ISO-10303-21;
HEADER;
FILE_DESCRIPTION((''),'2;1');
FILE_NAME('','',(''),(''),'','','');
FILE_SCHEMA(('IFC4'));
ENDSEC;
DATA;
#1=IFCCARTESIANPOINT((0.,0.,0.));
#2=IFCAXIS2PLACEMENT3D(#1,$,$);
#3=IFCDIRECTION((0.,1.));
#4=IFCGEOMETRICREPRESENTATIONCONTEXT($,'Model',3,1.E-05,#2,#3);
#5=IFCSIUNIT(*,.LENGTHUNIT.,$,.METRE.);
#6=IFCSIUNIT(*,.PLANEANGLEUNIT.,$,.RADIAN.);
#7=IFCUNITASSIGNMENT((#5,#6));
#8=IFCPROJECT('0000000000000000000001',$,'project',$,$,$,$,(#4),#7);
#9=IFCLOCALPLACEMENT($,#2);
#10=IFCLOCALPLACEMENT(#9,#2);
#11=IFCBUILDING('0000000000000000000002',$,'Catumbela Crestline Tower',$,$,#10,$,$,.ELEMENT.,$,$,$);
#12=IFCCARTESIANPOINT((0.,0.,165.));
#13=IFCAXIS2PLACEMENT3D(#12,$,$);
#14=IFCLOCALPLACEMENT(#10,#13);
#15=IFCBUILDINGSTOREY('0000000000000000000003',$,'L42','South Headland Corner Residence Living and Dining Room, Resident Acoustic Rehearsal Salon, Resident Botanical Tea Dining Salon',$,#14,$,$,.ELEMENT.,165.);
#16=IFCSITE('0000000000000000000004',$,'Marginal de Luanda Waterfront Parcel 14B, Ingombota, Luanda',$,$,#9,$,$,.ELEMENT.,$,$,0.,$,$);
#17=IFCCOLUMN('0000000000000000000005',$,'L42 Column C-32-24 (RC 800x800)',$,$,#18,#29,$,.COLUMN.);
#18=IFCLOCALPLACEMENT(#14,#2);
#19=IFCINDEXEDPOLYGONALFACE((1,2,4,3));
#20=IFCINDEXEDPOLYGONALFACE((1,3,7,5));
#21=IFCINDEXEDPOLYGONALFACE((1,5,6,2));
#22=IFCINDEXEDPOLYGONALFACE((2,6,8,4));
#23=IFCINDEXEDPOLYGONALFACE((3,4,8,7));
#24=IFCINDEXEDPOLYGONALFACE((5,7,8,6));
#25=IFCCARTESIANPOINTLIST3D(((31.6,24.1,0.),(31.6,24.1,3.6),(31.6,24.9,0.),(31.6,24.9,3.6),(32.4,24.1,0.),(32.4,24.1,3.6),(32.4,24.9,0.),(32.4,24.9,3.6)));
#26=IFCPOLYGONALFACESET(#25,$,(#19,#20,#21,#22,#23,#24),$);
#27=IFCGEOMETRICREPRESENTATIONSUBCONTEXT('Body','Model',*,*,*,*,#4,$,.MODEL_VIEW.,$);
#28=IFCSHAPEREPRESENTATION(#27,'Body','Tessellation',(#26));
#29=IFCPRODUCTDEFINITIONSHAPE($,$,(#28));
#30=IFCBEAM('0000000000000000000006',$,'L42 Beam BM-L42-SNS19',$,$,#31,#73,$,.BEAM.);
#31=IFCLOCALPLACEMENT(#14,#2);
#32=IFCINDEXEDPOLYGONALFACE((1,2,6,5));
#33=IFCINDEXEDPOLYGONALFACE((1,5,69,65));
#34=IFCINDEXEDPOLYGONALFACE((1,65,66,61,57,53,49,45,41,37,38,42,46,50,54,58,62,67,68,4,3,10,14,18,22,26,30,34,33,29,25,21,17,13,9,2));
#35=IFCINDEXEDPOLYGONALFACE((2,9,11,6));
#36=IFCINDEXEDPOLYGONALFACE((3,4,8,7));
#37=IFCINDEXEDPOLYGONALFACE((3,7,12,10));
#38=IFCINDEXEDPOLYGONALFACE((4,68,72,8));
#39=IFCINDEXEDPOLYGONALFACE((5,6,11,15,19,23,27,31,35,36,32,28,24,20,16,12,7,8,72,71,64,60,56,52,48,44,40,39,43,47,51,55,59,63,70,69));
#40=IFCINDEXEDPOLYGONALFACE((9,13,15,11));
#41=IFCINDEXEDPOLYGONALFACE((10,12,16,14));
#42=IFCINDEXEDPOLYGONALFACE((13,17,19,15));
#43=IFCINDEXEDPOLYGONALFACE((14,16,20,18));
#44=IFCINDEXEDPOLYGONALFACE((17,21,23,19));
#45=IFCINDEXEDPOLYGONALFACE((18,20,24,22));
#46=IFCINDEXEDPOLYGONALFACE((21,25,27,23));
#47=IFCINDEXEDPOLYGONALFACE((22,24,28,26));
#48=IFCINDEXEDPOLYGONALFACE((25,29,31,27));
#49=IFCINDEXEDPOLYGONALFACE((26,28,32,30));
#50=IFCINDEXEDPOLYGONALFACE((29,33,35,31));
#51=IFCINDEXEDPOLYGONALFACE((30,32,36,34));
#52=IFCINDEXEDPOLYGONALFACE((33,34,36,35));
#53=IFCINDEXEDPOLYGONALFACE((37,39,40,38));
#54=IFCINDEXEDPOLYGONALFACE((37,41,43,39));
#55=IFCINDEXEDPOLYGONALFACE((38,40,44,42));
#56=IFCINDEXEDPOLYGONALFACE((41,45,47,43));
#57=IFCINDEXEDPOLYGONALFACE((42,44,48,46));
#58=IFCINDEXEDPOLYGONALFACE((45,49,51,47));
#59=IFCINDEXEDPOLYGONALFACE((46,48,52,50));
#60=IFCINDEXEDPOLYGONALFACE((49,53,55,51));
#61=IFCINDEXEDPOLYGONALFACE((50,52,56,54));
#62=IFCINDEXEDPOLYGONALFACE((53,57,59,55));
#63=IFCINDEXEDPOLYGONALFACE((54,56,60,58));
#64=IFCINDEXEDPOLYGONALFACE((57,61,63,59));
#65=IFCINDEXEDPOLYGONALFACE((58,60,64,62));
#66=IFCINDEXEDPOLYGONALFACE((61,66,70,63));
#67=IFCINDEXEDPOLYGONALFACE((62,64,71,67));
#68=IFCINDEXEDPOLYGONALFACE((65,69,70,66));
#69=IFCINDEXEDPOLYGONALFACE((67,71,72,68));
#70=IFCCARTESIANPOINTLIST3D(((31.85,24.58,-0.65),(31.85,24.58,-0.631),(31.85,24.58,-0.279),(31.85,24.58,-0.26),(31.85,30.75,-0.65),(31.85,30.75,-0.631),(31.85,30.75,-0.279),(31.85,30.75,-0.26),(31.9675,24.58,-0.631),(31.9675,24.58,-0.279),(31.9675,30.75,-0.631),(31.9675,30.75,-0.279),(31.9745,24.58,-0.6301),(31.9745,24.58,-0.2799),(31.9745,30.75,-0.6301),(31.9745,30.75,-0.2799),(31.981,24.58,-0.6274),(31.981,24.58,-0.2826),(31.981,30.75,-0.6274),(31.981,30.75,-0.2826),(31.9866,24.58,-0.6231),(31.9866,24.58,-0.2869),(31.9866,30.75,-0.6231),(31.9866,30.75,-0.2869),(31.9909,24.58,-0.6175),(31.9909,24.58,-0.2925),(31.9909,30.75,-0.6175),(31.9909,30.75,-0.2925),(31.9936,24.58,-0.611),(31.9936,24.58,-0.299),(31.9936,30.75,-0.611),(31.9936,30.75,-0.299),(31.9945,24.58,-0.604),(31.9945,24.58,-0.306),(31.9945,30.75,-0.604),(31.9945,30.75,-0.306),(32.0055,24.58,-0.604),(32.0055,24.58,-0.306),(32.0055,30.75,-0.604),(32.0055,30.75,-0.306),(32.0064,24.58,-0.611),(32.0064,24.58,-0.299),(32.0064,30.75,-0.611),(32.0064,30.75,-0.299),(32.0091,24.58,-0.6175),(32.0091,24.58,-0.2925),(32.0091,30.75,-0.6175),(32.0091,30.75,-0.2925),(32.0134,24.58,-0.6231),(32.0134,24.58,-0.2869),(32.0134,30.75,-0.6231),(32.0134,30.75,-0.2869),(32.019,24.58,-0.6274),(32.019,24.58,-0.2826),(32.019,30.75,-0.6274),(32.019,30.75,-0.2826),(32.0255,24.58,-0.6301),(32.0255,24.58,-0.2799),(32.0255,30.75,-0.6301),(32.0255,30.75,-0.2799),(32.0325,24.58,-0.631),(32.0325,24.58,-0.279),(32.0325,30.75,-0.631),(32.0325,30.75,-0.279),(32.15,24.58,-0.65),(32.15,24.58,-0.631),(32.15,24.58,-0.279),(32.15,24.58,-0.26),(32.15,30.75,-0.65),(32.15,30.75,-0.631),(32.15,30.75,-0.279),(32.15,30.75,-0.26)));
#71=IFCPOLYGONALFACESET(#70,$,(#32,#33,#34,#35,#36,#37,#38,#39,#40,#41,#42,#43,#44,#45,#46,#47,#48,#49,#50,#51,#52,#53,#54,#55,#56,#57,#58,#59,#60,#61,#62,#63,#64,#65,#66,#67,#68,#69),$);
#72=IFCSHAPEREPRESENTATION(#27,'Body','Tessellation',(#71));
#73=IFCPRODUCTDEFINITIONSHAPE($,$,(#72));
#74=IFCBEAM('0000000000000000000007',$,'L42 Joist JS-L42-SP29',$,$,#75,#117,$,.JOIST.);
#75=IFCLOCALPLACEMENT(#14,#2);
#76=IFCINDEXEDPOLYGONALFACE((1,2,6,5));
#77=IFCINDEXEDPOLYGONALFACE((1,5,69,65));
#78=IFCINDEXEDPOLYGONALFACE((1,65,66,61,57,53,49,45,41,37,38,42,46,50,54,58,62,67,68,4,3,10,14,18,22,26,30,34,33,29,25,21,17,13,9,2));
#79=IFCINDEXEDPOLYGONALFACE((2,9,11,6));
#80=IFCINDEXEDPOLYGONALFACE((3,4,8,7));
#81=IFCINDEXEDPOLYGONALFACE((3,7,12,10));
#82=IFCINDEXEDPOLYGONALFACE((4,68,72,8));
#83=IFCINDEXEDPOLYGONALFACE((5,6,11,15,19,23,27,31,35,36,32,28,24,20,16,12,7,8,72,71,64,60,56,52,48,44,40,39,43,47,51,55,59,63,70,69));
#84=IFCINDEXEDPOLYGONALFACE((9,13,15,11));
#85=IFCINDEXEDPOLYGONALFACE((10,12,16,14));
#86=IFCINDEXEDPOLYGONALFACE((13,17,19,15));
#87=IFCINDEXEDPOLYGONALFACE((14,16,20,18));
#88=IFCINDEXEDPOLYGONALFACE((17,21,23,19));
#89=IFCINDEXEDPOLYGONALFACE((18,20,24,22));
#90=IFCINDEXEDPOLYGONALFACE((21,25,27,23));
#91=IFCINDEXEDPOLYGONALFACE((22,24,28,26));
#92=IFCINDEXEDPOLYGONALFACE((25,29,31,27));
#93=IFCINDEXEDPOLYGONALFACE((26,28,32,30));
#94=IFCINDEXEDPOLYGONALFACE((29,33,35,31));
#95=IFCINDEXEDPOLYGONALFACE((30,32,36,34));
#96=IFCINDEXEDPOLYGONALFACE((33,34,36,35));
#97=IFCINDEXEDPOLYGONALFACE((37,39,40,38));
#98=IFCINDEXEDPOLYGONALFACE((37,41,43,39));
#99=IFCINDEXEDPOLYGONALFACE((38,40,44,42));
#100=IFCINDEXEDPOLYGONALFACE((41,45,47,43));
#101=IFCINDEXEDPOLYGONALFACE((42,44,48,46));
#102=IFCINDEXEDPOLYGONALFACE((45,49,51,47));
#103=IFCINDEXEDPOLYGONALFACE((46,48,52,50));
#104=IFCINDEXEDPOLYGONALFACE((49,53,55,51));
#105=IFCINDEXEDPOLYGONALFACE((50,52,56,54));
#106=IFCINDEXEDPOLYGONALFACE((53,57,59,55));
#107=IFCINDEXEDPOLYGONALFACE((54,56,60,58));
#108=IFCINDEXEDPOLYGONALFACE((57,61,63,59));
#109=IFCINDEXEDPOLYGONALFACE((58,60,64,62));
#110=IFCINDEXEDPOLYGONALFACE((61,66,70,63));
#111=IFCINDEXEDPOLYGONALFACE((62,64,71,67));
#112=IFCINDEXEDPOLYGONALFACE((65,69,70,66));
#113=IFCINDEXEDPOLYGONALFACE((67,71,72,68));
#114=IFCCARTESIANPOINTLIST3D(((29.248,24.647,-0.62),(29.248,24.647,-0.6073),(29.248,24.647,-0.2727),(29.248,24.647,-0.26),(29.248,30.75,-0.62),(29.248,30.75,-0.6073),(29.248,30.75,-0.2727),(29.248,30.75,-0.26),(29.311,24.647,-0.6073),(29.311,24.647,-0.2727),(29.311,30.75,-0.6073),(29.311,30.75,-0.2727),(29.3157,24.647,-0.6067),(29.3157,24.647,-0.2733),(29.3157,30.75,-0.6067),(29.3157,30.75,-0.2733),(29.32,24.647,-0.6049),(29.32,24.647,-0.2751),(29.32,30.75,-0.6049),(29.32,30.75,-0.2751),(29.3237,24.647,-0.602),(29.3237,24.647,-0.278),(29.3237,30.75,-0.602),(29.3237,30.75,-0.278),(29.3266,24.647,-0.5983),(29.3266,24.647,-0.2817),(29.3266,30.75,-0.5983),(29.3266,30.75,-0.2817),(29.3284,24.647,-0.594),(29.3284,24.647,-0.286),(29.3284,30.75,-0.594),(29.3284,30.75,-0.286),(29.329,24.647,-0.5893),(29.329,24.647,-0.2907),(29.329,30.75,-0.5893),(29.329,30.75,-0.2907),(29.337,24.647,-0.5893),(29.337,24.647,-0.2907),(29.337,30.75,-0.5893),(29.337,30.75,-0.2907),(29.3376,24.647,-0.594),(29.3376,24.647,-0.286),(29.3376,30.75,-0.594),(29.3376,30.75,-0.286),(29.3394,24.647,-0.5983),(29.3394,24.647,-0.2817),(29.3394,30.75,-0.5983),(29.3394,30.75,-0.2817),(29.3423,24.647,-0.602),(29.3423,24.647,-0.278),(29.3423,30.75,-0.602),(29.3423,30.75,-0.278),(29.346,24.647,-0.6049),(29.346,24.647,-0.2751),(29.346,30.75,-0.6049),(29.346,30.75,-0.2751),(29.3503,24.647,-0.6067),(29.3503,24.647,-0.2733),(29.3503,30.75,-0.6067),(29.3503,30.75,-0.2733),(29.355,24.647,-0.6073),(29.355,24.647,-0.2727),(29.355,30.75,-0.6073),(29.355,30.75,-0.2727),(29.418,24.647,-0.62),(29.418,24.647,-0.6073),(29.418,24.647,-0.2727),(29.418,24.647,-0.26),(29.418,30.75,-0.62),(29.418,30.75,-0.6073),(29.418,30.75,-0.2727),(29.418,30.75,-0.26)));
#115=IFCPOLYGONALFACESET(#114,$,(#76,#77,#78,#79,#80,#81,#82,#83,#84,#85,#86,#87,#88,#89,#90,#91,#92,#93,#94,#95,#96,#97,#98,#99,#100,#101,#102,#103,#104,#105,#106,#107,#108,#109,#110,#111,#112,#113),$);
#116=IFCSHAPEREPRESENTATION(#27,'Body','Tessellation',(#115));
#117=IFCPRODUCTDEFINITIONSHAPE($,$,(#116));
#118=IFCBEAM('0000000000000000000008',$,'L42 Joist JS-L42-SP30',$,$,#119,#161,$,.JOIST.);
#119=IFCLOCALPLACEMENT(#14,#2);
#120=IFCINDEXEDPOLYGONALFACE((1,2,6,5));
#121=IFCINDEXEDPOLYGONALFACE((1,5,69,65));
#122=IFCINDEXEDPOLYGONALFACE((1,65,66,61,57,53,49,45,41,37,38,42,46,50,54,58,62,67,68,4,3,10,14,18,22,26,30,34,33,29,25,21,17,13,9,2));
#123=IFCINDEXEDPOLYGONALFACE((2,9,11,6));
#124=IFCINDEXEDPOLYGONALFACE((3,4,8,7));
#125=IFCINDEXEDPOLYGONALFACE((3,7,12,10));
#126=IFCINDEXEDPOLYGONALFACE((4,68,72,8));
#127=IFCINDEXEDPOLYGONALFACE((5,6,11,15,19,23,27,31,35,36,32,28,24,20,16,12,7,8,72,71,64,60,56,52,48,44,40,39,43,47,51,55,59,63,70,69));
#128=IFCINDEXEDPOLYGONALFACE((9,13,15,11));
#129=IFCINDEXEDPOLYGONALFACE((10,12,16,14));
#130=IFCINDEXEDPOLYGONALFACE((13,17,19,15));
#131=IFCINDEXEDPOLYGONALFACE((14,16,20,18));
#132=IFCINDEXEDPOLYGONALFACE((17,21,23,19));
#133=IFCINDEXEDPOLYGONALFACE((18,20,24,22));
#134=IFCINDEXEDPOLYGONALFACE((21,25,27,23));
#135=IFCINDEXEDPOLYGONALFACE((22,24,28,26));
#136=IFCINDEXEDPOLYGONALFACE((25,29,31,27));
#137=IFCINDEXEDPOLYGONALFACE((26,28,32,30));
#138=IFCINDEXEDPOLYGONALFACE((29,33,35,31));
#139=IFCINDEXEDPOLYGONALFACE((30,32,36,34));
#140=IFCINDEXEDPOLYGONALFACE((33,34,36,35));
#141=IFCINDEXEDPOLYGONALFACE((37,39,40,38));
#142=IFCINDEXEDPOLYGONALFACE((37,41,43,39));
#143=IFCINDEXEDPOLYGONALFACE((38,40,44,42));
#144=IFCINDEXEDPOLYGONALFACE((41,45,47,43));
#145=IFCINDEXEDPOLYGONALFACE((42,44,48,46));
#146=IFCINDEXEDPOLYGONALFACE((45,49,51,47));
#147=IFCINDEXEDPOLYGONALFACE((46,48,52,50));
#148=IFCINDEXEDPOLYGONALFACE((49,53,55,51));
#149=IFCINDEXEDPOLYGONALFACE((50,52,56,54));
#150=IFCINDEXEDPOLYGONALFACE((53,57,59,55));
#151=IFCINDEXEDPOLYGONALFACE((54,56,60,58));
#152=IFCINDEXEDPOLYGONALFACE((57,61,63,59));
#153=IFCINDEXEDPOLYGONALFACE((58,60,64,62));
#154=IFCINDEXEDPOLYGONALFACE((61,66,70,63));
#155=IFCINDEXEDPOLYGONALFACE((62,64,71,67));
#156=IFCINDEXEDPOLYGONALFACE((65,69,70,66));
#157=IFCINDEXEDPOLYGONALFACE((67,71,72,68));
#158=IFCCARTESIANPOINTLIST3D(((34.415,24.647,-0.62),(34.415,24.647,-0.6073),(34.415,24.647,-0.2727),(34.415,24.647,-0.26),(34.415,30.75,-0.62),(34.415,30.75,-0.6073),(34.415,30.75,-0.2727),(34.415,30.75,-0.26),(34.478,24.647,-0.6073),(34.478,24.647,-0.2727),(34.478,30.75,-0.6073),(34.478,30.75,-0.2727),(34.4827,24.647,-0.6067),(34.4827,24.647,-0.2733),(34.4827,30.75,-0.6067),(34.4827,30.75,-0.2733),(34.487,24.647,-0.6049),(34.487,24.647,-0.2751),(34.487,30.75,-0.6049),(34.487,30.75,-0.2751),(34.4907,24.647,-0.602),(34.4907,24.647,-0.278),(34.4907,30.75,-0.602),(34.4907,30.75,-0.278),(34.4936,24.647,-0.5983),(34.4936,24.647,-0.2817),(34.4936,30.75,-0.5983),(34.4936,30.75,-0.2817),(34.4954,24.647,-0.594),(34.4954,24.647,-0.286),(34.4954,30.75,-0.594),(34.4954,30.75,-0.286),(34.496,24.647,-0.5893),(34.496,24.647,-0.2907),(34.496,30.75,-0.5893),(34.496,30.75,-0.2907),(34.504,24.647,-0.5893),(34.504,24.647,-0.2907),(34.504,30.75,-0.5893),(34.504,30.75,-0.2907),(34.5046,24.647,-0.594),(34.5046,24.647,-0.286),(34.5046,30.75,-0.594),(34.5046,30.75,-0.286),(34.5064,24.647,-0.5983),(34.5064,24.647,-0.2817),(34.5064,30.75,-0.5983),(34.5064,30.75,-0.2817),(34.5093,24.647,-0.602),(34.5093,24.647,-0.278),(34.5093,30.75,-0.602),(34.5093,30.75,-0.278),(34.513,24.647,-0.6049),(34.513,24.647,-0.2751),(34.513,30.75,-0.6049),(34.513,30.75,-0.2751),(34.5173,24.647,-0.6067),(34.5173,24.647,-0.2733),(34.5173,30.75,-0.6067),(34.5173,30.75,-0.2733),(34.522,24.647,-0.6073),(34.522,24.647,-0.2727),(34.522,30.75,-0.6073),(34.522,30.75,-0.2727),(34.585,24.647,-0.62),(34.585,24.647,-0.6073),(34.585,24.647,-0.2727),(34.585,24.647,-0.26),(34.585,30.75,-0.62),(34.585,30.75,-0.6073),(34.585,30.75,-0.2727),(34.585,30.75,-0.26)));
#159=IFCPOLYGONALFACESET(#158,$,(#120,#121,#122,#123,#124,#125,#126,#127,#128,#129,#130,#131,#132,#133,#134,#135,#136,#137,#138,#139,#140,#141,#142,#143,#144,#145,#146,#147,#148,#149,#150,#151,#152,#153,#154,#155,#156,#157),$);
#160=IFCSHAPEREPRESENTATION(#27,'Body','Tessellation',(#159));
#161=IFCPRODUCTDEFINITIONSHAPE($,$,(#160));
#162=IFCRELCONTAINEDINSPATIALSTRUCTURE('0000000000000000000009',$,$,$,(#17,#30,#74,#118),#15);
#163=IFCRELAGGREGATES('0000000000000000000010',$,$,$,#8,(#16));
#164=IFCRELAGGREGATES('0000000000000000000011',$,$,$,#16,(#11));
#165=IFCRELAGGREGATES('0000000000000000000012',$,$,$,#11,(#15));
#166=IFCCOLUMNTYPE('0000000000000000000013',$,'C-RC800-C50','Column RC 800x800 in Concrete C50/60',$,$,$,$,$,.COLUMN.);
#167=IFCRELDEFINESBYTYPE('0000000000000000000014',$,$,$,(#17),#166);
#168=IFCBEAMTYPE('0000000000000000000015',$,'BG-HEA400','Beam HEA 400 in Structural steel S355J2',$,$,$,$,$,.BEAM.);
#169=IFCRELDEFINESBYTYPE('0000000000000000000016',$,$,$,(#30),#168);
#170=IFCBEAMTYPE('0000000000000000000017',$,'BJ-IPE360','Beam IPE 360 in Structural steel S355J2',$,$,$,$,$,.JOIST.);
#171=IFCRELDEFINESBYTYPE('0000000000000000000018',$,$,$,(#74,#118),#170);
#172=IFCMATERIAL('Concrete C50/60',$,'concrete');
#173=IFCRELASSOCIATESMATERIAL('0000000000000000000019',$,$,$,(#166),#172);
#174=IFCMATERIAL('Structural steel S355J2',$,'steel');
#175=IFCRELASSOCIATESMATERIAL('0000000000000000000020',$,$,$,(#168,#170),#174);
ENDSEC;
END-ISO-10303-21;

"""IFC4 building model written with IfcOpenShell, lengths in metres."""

from ifc_helpers import new_model, si_unit, direction, frame, origin, origin_2d, place, context, subcontext, project, spatial, rectangle, i_section, extrude, material, material_profile, profile_set, type_object, element, save


model = new_model("IFC4")

# Units and contexts
model_context = context("Model", 3, precision=1e-05, world=origin(), true_north=direction((0.0, 1.0)))
body_context = subcontext(model_context, "Body", "Model", "MODEL_VIEW")
ifc_project = project(units=[si_unit("LENGTHUNIT", "METRE"), si_unit("PLANEANGLEUNIT", "RADIAN")], contexts=[model_context])

# Site, building, storey
site_placement = place(None, origin())
site = spatial("IfcSite", under=ifc_project, at=site_placement, Name="Marginal de Luanda Waterfront Parcel 14B, Ingombota, Luanda", CompositionType="ELEMENT", RefElevation=0.0)
building_placement = place(site_placement, origin())
building = spatial("IfcBuilding", under=site, at=building_placement, Name="Catumbela Crestline Tower", CompositionType="ELEMENT")
storey_placement = place(building_placement, frame((0.0, 0.0, 165.0)))
storey = spatial("IfcBuildingStorey", under=building, at=storey_placement, Name="L42", Description="South Headland Corner Residence Living and Dining Room, Resident Acoustic Rehearsal Salon, Resident Botanical Tea Dining Salon", CompositionType="ELEMENT", Elevation=165.0)

# Column
ifc_material_1 = material(Name="Concrete C50/60", Category="concrete")
ifc_material_profile_1 = material_profile(ifc_material_1, rectangle(XDim=0.8, YDim=0.8, at=origin_2d()), Name="RC 800x800")
ifc_profile_set_1 = profile_set([ifc_material_profile_1], Name="Concrete C50/60")
column_type = type_object("IfcColumnType", Name="C-RC800-C50", Description="Column RC 800x800 in Concrete C50/60", PredefinedType="COLUMN", material=ifc_profile_set_1)
column_placement = place(storey_placement, frame((32.0, 24.5, 0.0), z_axis=(0.0, 0.0, 1.0), x_axis=(1.0, 0.0, 0.0)))
element("IfcColumn", 1, at=column_placement, inside=storey, type_object=column_type, Name="L42 Column C-32-24 (RC 800x800)", PredefinedType="COLUMN", context=body_context, shape_type="SweptSolid", body=[
    extrude(rectangle(XDim=0.8, YDim=0.8, at=origin_2d()), origin(), (0.0, 0.0, 1.0), 3.6),
])

# Beams
ifc_material_2 = material(Name="Structural steel S355J2", Category="steel")
ifc_material_profile_2 = material_profile(ifc_material_2, i_section(OverallWidth=0.3, OverallDepth=0.39, WebThickness=0.011, FlangeThickness=0.019, FilletRadius=0.027, at=origin_2d()), Name="HEA 400")
ifc_profile_set_2 = profile_set([ifc_material_profile_2], Name="Structural steel S355J2")
beam_type_1 = type_object("IfcBeamType", Name="BG-HEA400", Description="Beam HEA 400 in Structural steel S355J2", PredefinedType="BEAM", material=ifc_profile_set_2)
beam_1_placement = place(storey_placement, frame((32.0, 24.58, -0.455), z_axis=(0.0, 1.0, 0.0), x_axis=(-1.0, 0.0, 0.0)))
element("IfcBeam", 2, at=beam_1_placement, inside=storey, type_object=beam_type_1, Name="L42 Beam BM-L42-SNS19", PredefinedType="BEAM", context=body_context, shape_type="SweptSolid", body=[
    extrude(i_section(OverallWidth=0.3, OverallDepth=0.39, WebThickness=0.011, FlangeThickness=0.019, FilletRadius=0.027, at=origin_2d()), origin(), (0.0, 0.0, 1.0), 6.17),
])
ifc_material_profile_3 = material_profile(ifc_material_2, i_section(OverallWidth=0.17, OverallDepth=0.36, WebThickness=0.008, FlangeThickness=0.0127, FilletRadius=0.018, at=origin_2d()), Name="IPE 360")
ifc_profile_set_3 = profile_set([ifc_material_profile_3], Name="Structural steel S355J2")
beam_type_2 = type_object("IfcBeamType", Name="BJ-IPE360", Description="Beam IPE 360 in Structural steel S355J2", PredefinedType="JOIST", material=ifc_profile_set_3)
for number, where, z_axis, x_axis, name in (
    (3, (29.333, 24.647, -0.44), (0.0, 1.0, 0.0), (-1.0, 0.0, 0.0), "L42 Joist JS-L42-SP29"),
    (4, (34.5, 24.647, -0.44), (0.0, 1.0, 0.0), (-1.0, 0.0, 0.0), "L42 Joist JS-L42-SP30"),
):
    element("IfcBeam", number, at=place(storey_placement, frame(where, z_axis=z_axis, x_axis=x_axis)), inside=storey, type_object=beam_type_2, Name=name, PredefinedType="JOIST", context=body_context, shape_type="SweptSolid", body=[
        extrude(i_section(OverallWidth=0.17, OverallDepth=0.36, WebThickness=0.008, FlangeThickness=0.0127, FilletRadius=0.018, at=origin_2d()), origin(), (0.0, 0.0, 1.0), 6.103),
    ])

save(model, "model.ifc")
